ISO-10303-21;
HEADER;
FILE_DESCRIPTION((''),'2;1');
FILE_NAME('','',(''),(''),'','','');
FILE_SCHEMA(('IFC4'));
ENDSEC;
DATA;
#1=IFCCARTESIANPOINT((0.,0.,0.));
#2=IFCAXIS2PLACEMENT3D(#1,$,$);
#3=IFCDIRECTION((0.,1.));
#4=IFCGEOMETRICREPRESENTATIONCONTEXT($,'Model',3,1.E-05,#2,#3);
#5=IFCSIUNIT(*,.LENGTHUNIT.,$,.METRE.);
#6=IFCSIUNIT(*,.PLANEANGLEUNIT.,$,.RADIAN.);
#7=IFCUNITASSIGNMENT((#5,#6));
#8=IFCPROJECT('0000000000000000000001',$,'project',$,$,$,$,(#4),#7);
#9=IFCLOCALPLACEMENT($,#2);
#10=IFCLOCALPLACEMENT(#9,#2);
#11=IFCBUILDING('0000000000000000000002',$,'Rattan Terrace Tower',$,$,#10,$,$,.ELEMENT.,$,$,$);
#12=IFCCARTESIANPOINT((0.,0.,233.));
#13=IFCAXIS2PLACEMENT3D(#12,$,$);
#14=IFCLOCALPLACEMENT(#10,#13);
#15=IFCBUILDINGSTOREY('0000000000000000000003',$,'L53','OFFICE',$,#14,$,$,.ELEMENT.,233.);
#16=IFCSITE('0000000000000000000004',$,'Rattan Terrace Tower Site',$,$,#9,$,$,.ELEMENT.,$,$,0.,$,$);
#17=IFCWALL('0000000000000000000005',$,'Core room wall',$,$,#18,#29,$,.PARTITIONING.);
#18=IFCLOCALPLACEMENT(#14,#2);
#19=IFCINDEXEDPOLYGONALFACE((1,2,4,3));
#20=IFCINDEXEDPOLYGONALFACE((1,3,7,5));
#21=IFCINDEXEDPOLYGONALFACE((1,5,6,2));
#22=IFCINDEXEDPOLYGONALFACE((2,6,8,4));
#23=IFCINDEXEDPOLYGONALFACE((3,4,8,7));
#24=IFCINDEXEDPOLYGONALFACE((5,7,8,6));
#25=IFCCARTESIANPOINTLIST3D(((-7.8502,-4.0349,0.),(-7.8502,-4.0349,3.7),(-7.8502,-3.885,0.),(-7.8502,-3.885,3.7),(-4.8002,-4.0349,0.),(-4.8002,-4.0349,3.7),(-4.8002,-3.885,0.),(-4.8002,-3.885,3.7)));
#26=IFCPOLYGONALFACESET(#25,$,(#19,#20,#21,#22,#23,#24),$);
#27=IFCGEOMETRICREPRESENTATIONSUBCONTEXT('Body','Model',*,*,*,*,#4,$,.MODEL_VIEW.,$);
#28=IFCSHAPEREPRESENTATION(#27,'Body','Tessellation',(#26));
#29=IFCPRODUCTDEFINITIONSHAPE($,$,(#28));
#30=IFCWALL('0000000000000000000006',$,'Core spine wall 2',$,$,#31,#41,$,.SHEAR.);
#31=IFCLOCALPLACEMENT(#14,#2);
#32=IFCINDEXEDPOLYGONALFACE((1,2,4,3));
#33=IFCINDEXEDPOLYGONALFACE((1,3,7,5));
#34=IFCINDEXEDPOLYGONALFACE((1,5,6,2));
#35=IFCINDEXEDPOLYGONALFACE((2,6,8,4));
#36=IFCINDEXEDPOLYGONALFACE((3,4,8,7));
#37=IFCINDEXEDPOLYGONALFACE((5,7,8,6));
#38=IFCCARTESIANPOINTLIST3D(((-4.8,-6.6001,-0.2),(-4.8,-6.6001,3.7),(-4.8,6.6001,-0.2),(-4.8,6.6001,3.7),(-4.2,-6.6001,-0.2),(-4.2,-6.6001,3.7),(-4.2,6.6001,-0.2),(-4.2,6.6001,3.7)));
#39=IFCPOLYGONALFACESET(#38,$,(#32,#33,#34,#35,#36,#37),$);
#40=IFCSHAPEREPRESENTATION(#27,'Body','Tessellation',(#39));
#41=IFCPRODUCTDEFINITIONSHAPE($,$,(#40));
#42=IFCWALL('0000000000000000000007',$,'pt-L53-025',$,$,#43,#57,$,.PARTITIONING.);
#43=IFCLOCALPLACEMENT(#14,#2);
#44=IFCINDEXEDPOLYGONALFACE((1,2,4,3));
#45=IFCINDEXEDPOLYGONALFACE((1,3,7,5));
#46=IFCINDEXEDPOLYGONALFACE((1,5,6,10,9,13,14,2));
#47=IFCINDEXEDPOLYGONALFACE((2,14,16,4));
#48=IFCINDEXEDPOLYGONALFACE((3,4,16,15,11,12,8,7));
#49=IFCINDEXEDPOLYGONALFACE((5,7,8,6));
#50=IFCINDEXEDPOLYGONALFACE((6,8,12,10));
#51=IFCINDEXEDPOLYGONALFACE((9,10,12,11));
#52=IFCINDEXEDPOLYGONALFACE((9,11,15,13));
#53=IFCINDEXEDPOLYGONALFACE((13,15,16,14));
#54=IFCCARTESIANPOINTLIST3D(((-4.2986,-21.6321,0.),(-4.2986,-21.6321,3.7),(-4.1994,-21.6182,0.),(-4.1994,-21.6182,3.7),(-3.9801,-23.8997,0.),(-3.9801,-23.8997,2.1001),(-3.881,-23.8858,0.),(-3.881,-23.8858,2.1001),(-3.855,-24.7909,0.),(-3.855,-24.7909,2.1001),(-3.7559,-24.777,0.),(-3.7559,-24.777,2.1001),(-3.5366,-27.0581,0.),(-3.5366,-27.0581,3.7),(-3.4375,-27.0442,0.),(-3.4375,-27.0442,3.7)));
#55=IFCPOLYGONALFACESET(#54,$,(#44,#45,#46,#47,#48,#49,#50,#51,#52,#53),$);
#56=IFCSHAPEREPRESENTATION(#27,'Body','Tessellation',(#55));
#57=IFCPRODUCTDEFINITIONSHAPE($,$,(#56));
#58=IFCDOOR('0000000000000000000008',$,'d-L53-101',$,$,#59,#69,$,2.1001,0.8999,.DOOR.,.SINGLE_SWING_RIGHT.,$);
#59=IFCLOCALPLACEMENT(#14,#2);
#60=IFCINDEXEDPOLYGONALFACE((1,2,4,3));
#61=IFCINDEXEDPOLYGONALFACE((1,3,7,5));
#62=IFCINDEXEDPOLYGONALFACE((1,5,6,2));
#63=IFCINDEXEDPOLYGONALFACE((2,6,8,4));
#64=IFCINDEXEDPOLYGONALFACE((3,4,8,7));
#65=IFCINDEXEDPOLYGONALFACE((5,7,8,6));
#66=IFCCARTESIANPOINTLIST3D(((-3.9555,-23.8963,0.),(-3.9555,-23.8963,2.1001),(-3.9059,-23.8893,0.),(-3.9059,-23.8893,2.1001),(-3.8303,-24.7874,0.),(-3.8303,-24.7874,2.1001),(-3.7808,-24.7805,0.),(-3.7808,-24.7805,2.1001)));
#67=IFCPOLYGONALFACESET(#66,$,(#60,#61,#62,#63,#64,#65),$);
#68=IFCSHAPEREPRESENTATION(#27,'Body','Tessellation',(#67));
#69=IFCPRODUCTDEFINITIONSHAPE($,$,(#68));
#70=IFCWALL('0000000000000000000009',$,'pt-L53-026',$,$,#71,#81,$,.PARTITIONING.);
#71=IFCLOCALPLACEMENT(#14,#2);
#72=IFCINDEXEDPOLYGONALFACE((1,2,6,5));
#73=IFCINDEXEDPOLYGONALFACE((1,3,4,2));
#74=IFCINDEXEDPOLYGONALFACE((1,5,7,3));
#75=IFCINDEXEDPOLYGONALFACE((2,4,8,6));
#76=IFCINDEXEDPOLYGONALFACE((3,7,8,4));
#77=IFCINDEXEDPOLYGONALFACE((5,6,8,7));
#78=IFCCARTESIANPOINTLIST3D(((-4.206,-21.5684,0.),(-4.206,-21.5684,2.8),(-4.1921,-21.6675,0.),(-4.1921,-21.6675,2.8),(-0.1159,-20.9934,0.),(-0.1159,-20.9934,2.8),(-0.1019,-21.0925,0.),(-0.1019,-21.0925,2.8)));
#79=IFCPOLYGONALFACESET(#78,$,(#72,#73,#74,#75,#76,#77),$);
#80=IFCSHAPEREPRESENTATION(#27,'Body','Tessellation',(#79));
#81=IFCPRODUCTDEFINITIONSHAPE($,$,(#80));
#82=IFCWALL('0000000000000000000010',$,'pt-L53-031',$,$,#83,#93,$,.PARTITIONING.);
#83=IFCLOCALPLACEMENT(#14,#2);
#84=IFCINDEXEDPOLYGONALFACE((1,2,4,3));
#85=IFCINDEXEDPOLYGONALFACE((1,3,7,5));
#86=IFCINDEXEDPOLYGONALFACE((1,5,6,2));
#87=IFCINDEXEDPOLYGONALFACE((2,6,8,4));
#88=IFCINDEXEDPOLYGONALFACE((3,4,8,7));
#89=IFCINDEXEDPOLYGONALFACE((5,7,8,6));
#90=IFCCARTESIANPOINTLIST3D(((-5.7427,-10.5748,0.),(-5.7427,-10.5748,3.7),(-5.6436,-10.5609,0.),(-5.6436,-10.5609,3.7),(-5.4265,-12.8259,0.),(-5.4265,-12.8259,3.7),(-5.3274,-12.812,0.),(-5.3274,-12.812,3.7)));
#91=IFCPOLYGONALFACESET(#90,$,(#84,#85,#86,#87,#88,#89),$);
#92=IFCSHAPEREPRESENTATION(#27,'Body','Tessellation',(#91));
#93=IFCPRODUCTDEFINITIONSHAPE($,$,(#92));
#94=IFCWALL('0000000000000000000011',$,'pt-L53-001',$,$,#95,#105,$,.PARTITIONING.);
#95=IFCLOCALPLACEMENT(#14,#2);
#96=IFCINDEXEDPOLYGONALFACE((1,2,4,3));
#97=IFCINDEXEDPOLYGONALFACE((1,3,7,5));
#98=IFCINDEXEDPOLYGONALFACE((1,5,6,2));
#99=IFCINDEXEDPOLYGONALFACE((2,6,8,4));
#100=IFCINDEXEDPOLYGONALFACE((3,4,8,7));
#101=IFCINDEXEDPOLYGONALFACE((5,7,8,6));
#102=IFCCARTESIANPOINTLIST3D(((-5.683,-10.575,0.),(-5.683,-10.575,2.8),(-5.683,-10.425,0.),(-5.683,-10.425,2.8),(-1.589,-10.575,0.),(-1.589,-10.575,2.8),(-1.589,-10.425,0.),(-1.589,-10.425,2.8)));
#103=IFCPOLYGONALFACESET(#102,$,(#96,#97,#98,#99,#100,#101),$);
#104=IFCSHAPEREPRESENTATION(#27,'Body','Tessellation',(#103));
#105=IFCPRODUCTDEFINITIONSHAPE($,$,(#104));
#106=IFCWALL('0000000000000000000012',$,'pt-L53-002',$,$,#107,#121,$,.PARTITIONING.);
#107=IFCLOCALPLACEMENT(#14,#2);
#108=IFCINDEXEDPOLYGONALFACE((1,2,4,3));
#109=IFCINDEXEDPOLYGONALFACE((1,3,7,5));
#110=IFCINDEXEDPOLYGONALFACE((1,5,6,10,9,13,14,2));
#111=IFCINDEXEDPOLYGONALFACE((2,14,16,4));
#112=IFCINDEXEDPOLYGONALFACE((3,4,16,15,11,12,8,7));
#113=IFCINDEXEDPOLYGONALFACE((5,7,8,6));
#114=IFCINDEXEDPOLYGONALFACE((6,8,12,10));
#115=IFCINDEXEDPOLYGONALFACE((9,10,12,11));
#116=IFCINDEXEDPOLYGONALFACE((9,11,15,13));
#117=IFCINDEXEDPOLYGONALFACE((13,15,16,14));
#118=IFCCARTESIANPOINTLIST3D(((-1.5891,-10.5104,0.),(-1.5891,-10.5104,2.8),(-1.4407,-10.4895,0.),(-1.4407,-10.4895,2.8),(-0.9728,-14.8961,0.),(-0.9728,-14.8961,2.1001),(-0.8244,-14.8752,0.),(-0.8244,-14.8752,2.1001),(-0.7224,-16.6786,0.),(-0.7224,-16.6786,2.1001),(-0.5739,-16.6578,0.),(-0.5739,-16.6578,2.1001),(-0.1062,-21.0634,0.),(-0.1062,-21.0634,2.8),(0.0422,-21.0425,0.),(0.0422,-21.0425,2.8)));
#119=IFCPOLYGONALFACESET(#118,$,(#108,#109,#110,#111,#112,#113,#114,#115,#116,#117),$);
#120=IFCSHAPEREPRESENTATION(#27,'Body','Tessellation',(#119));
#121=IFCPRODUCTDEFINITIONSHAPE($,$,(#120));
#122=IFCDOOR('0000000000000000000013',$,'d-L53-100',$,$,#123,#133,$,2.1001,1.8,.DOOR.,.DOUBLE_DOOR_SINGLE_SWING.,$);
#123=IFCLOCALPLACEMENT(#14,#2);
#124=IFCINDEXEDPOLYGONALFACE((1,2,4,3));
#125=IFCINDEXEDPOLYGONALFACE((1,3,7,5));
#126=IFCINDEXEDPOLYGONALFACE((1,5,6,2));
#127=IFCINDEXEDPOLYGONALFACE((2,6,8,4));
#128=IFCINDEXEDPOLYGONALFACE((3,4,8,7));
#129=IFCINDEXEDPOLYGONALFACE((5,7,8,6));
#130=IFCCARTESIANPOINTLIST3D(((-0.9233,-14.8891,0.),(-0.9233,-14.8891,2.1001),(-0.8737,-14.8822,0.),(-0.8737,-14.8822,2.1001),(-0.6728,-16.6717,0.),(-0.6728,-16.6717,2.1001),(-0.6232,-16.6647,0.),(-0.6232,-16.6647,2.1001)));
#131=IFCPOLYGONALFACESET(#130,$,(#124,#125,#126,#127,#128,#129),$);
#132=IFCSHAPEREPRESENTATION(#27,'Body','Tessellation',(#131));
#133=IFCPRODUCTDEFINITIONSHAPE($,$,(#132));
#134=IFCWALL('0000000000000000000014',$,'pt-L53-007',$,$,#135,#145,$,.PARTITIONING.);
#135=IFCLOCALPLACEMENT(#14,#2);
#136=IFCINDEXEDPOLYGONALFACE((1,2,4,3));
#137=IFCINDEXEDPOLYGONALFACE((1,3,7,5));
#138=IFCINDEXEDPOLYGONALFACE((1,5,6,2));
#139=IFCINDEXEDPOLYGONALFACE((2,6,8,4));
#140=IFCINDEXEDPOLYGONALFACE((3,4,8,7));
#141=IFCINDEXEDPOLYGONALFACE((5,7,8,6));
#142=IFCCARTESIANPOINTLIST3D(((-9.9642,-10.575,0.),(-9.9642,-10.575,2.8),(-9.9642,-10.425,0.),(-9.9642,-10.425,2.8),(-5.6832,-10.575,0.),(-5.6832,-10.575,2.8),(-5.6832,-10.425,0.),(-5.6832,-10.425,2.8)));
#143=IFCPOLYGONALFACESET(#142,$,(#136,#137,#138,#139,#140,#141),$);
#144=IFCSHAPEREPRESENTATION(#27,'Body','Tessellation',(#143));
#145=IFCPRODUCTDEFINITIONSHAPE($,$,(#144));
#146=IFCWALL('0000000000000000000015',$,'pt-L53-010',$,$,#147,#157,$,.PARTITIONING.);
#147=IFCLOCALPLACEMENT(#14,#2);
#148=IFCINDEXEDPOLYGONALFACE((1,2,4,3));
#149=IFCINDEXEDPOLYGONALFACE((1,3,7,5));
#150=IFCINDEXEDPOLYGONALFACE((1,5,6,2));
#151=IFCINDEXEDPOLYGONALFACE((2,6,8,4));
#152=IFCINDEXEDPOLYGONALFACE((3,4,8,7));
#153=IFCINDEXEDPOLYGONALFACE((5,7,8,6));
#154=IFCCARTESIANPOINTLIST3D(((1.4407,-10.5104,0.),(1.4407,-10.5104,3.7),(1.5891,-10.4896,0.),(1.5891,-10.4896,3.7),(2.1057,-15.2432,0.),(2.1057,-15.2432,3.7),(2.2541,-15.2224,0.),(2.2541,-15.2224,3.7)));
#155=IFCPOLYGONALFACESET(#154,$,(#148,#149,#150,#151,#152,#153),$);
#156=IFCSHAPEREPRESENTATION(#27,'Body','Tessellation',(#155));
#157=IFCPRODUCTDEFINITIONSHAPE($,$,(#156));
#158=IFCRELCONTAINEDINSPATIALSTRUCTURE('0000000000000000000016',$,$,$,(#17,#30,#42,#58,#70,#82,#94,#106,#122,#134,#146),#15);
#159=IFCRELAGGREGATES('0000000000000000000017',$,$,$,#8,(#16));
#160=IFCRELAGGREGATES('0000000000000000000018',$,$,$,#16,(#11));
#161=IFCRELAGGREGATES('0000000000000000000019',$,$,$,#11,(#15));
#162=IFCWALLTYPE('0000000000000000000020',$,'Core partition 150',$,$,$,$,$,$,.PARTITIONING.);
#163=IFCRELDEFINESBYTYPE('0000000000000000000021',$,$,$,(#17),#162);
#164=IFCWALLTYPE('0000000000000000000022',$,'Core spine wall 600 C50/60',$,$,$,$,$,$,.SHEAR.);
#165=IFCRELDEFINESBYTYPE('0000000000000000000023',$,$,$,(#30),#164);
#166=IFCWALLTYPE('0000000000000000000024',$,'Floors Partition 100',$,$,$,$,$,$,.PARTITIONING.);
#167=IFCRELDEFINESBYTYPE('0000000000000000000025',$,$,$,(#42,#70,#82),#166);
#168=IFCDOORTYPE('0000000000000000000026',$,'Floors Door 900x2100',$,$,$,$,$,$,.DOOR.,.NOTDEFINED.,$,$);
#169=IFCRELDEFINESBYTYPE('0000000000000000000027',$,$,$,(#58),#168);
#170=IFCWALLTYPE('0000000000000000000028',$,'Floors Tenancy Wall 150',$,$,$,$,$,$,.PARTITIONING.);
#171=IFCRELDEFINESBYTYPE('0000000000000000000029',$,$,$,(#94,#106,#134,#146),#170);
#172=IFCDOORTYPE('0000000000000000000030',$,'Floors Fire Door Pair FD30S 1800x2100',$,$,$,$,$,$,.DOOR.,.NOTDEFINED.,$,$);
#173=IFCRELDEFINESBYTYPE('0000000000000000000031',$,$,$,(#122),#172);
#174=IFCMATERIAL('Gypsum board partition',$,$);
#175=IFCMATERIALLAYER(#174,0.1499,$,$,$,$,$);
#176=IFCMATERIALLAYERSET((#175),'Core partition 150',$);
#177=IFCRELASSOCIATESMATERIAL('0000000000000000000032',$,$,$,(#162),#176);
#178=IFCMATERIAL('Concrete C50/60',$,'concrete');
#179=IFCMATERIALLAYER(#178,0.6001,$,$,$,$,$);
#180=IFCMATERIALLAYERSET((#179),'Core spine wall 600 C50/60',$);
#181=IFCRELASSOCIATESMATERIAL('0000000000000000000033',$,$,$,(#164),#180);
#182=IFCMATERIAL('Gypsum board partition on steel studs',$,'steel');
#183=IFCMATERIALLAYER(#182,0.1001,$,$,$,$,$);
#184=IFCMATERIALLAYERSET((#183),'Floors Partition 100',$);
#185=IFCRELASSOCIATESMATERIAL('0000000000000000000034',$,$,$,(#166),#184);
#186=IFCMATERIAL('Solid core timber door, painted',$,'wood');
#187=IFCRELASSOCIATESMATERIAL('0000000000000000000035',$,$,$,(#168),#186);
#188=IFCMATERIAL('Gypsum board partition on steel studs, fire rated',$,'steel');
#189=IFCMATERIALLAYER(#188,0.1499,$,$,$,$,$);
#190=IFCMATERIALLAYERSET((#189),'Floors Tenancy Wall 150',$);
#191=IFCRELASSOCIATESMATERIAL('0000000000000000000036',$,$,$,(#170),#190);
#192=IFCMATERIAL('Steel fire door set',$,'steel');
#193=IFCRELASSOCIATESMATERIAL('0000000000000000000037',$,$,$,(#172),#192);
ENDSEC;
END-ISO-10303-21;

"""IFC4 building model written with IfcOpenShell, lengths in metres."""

from ifc_helpers import new_model, si_unit, direction, frame, frame_2d, origin, place, context, subcontext, project, spatial, rectangle, extrude, material, layer, layer_set, type_object, element, fill, save


model = new_model("IFC4")

# Units and contexts
model_context = context("Model", 3, precision=1e-05, world=origin(), true_north=direction((0.0, 1.0)))
body_context = subcontext(model_context, "Body", "Model", "MODEL_VIEW")
ifc_project = project(units=[si_unit("LENGTHUNIT", "METRE"), si_unit("PLANEANGLEUNIT", "RADIAN")], contexts=[model_context])

# Site, building, storey
site_placement = place(None, origin())
site = spatial("IfcSite", under=ifc_project, at=site_placement, Name="Rattan Terrace Tower Site", CompositionType="ELEMENT", RefElevation=0.0)
building_placement = place(site_placement, origin())
building = spatial("IfcBuilding", under=site, at=building_placement, Name="Rattan Terrace Tower", CompositionType="ELEMENT")
storey_placement = place(building_placement, frame((0.0, 0.0, 233.0)))
storey = spatial("IfcBuildingStorey", under=building, at=storey_placement, Name="L53", Description="OFFICE", CompositionType="ELEMENT", Elevation=233.0)

# Walls
ifc_material_1 = material(Name="Gypsum board partition")
ifc_layer_1 = layer(ifc_material_1, 0.1499)
ifc_layer_set_1 = layer_set([ifc_layer_1], Name="Core partition 150")
wall_type_1 = type_object("IfcWallType", Name="Core partition 150", PredefinedType="PARTITIONING", material=ifc_layer_set_1)
wall_1_placement = place(storey_placement, frame((-7.8501, -3.96, 0.0), z_axis=(0.0, 0.0, 1.0), x_axis=(1.0, 0.0, 0.0)))
element("IfcWall", 1, at=wall_1_placement, inside=storey, type_object=wall_type_1, Name="Core room wall", PredefinedType="PARTITIONING", context=body_context, shape_type="SweptSolid", body=[
    extrude(rectangle(XDim=3.05, YDim=0.1499, at=frame_2d((1.5249, 0.0))), origin(), (0.0, 0.0, 1.0), 3.7),
])
ifc_material_2 = material(Name="Concrete C50/60", Category="concrete")
ifc_layer_2 = layer(ifc_material_2, 0.6001)
ifc_layer_set_2 = layer_set([ifc_layer_2], Name="Core spine wall 600 C50/60")
wall_type_2 = type_object("IfcWallType", Name="Core spine wall 600 C50/60", PredefinedType="SHEAR", material=ifc_layer_set_2)
wall_2_placement = place(storey_placement, frame((-4.5, -6.6001, -0.2), z_axis=(0.0, 0.0, 1.0), x_axis=(0.0, 1.0, 0.0)))
element("IfcWall", 2, at=wall_2_placement, inside=storey, type_object=wall_type_2, Name="Core spine wall 2", PredefinedType="SHEAR", context=body_context, shape_type="SweptSolid", body=[
    extrude(rectangle(XDim=13.2002, YDim=0.6001, at=frame_2d((6.6001, 0.0))), origin(), (0.0, 0.0, 1.0), 3.8999),
])

# Wall, opening, door
ifc_material_3 = material(Name="Gypsum board partition on steel studs", Category="steel")
ifc_layer_3 = layer(ifc_material_3, 0.1001)
ifc_layer_set_3 = layer_set([ifc_layer_3], Name="Floors Partition 100")
wall_type_3 = type_object("IfcWallType", Name="Floors Partition 100", PredefinedType="PARTITIONING", material=ifc_layer_set_3)
wall_3_placement = place(storey_placement, frame((-4.249, -21.625, 0.0), z_axis=(0.0, 0.0, 1.0), x_axis=(0.139063, -0.990284, 0.0)))
wall_3 = element("IfcWall", 3, at=wall_3_placement, inside=storey, type_object=wall_type_3, Name="pt-L53-025", PredefinedType="PARTITIONING", context=body_context, shape_type="SweptSolid", body=[
    extrude(rectangle(XDim=5.4792, YDim=0.1001, at=frame_2d((2.7397, 0.0))), origin(), (0.0, 0.0, 1.0), 3.7),
])
opening_1_placement = place(wall_3_placement, frame((2.29, 0.0, 0.0)))
opening_1 = element("IfcOpeningElement", 4, at=opening_1_placement, cuts=wall_3, PredefinedType="OPENING", context=body_context, shape_type="SweptSolid", body=[
    extrude(rectangle(XDim=0.8999, YDim=2.1001, at=frame_2d((0.45, 1.05))), frame((0.0, 0.0605, 0.0), z_axis=(0.0, -1.0, 0.0), x_axis=(1.0, 0.0, 0.0)), (0.0, 0.0, 1.0), 0.1211),
])
ifc_material_4 = material(Name="Solid core timber door, painted", Category="wood")
door_type_1 = type_object("IfcDoorType", Name="Floors Door 900x2100", OperationType="NOTDEFINED", PredefinedType="DOOR", material=ifc_material_4)
door_1_placement = place(opening_1_placement, origin())
door_1 = element("IfcDoor", 5, at=door_1_placement, inside=storey, type_object=door_type_1, Name="d-L53-101", OperationType="SINGLE_SWING_RIGHT", OverallHeight=2.1001, OverallWidth=0.8999, PredefinedType="DOOR", context=body_context, shape_type="SweptSolid", body=[
    extrude(rectangle(XDim=0.8999, YDim=2.1001, at=frame_2d((0.45, 1.05))), frame((0.0, 0.0249, 0.0), z_axis=(0.0, -1.0, 0.0), x_axis=(1.0, 0.0, 0.0)), (0.0, 0.0, 1.0), 0.05),
])
fill(opening_1, door_1)

# Walls
wall_4_placement = place(storey_placement, frame((-0.1089, -21.043, 0.0), z_axis=(0.0, 0.0, 1.0), x_axis=(-0.990264, -0.139203, 0.0)))
element("IfcWall", 6, at=wall_4_placement, inside=storey, type_object=wall_type_3, Name="pt-L53-026", PredefinedType="PARTITIONING", context=body_context, shape_type="SweptSolid", body=[
    extrude(rectangle(XDim=4.1304, YDim=0.1001, at=frame_2d((2.0652, 0.0))), origin(), (0.0, 0.0, 1.0), 2.8),
])
wall_5_placement = place(storey_placement, frame((-5.377, -12.8191, 0.0), z_axis=(0.0, 0.0, 1.0), x_axis=(-0.13909, 0.99028, 0.0)))
element("IfcWall", 7, at=wall_5_placement, inside=storey, type_object=wall_type_3, Name="pt-L53-031", PredefinedType="PARTITIONING", context=body_context, shape_type="SweptSolid", body=[
    extrude(rectangle(XDim=2.2732, YDim=0.1001, at=frame_2d((1.1367, 0.0))), origin(), (0.0, 0.0, 1.0), 3.7),
])
ifc_material_5 = material(Name="Gypsum board partition on steel studs, fire rated", Category="steel")
ifc_layer_4 = layer(ifc_material_5, 0.1499)
ifc_layer_set_4 = layer_set([ifc_layer_4], Name="Floors Tenancy Wall 150")
wall_type_4 = type_object("IfcWallType", Name="Floors Tenancy Wall 150", PredefinedType="PARTITIONING", material=ifc_layer_set_4)
wall_6_placement = place(storey_placement, frame((-1.5891, -10.5, 0.0), z_axis=(0.0, 0.0, 1.0), x_axis=(-1.0, 0.0, 0.0)))
element("IfcWall", 8, at=wall_6_placement, inside=storey, type_object=wall_type_4, Name="pt-L53-001", PredefinedType="PARTITIONING", context=body_context, shape_type="SweptSolid", body=[
    extrude(rectangle(XDim=4.094, YDim=0.1499, at=frame_2d((2.0469, 0.0))), origin(), (0.0, 0.0, 1.0), 2.8),
])

# Wall, opening, door
wall_7_placement = place(storey_placement, frame((-0.032, -21.053, 0.0), z_axis=(0.0, 0.0, 1.0), x_axis=(-0.139153, 0.990271, 0.0)))
wall_7 = element("IfcWall", 9, at=wall_7_placement, inside=storey, type_object=wall_type_4, Name="pt-L53-002", PredefinedType="PARTITIONING", context=body_context, shape_type="SweptSolid", body=[
    extrude(rectangle(XDim=10.6567, YDim=0.1499, at=frame_2d((5.3284, 0.0))), origin(), (0.0, 0.0, 1.0), 2.8),
])
opening_2_placement = place(wall_7_placement, frame((4.428, 0.0, 0.0)))
opening_2 = element("IfcOpeningElement", 10, at=opening_2_placement, cuts=wall_7, PredefinedType="OPENING", context=body_context, shape_type="SweptSolid", body=[
    extrude(rectangle(XDim=1.8, YDim=2.1001, at=frame_2d((0.8999, 1.05))), frame((0.0, 0.0854, 0.0), z_axis=(0.0, -1.0, 0.0), x_axis=(1.0, 0.0, 0.0)), (0.0, 0.0, 1.0), 0.1709),
])
ifc_material_6 = material(Name="Steel fire door set", Category="steel")
door_type_2 = type_object("IfcDoorType", Name="Floors Fire Door Pair FD30S 1800x2100", OperationType="NOTDEFINED", PredefinedType="DOOR", material=ifc_material_6)
door_2_placement = place(opening_2_placement, origin())
door_2 = element("IfcDoor", 11, at=door_2_placement, inside=storey, type_object=door_type_2, Name="d-L53-100", OperationType="DOUBLE_DOOR_SINGLE_SWING", OverallHeight=2.1001, OverallWidth=1.8, PredefinedType="DOOR", context=body_context, shape_type="SweptSolid", body=[
    extrude(rectangle(XDim=1.8, YDim=2.1001, at=frame_2d((0.8999, 1.05))), frame((0.0, 0.0249, 0.0), z_axis=(0.0, -1.0, 0.0), x_axis=(1.0, 0.0, 0.0)), (0.0, 0.0, 1.0), 0.05),
])
fill(opening_2, door_2)

# Walls
wall_8_placement = place(storey_placement, frame((-5.6831, -10.5, 0.0), z_axis=(0.0, 0.0, 1.0), x_axis=(-1.0, 0.0, 0.0)))
element("IfcWall", 12, at=wall_8_placement, inside=storey, type_object=wall_type_4, Name="pt-L53-007", PredefinedType="PARTITIONING", context=body_context, shape_type="SweptSolid", body=[
    extrude(rectangle(XDim=4.281, YDim=0.1499, at=frame_2d((2.1406, 0.0))), origin(), (0.0, 0.0, 1.0), 2.8),
])
wall_9_placement = place(storey_placement, frame((1.5149, -10.5, 0.0), z_axis=(0.0, 0.0, 1.0), x_axis=(0.139147, -0.990272, 0.0)))
element("IfcWall", 13, at=wall_9_placement, inside=storey, type_object=wall_type_4, Name="pt-L53-010", PredefinedType="PARTITIONING", context=body_context, shape_type="SweptSolid", body=[
    extrude(rectangle(XDim=4.7793, YDim=0.1499, at=frame_2d((2.3896, 0.0))), origin(), (0.0, 0.0, 1.0), 3.7),
])

save(model, "model.ifc")
